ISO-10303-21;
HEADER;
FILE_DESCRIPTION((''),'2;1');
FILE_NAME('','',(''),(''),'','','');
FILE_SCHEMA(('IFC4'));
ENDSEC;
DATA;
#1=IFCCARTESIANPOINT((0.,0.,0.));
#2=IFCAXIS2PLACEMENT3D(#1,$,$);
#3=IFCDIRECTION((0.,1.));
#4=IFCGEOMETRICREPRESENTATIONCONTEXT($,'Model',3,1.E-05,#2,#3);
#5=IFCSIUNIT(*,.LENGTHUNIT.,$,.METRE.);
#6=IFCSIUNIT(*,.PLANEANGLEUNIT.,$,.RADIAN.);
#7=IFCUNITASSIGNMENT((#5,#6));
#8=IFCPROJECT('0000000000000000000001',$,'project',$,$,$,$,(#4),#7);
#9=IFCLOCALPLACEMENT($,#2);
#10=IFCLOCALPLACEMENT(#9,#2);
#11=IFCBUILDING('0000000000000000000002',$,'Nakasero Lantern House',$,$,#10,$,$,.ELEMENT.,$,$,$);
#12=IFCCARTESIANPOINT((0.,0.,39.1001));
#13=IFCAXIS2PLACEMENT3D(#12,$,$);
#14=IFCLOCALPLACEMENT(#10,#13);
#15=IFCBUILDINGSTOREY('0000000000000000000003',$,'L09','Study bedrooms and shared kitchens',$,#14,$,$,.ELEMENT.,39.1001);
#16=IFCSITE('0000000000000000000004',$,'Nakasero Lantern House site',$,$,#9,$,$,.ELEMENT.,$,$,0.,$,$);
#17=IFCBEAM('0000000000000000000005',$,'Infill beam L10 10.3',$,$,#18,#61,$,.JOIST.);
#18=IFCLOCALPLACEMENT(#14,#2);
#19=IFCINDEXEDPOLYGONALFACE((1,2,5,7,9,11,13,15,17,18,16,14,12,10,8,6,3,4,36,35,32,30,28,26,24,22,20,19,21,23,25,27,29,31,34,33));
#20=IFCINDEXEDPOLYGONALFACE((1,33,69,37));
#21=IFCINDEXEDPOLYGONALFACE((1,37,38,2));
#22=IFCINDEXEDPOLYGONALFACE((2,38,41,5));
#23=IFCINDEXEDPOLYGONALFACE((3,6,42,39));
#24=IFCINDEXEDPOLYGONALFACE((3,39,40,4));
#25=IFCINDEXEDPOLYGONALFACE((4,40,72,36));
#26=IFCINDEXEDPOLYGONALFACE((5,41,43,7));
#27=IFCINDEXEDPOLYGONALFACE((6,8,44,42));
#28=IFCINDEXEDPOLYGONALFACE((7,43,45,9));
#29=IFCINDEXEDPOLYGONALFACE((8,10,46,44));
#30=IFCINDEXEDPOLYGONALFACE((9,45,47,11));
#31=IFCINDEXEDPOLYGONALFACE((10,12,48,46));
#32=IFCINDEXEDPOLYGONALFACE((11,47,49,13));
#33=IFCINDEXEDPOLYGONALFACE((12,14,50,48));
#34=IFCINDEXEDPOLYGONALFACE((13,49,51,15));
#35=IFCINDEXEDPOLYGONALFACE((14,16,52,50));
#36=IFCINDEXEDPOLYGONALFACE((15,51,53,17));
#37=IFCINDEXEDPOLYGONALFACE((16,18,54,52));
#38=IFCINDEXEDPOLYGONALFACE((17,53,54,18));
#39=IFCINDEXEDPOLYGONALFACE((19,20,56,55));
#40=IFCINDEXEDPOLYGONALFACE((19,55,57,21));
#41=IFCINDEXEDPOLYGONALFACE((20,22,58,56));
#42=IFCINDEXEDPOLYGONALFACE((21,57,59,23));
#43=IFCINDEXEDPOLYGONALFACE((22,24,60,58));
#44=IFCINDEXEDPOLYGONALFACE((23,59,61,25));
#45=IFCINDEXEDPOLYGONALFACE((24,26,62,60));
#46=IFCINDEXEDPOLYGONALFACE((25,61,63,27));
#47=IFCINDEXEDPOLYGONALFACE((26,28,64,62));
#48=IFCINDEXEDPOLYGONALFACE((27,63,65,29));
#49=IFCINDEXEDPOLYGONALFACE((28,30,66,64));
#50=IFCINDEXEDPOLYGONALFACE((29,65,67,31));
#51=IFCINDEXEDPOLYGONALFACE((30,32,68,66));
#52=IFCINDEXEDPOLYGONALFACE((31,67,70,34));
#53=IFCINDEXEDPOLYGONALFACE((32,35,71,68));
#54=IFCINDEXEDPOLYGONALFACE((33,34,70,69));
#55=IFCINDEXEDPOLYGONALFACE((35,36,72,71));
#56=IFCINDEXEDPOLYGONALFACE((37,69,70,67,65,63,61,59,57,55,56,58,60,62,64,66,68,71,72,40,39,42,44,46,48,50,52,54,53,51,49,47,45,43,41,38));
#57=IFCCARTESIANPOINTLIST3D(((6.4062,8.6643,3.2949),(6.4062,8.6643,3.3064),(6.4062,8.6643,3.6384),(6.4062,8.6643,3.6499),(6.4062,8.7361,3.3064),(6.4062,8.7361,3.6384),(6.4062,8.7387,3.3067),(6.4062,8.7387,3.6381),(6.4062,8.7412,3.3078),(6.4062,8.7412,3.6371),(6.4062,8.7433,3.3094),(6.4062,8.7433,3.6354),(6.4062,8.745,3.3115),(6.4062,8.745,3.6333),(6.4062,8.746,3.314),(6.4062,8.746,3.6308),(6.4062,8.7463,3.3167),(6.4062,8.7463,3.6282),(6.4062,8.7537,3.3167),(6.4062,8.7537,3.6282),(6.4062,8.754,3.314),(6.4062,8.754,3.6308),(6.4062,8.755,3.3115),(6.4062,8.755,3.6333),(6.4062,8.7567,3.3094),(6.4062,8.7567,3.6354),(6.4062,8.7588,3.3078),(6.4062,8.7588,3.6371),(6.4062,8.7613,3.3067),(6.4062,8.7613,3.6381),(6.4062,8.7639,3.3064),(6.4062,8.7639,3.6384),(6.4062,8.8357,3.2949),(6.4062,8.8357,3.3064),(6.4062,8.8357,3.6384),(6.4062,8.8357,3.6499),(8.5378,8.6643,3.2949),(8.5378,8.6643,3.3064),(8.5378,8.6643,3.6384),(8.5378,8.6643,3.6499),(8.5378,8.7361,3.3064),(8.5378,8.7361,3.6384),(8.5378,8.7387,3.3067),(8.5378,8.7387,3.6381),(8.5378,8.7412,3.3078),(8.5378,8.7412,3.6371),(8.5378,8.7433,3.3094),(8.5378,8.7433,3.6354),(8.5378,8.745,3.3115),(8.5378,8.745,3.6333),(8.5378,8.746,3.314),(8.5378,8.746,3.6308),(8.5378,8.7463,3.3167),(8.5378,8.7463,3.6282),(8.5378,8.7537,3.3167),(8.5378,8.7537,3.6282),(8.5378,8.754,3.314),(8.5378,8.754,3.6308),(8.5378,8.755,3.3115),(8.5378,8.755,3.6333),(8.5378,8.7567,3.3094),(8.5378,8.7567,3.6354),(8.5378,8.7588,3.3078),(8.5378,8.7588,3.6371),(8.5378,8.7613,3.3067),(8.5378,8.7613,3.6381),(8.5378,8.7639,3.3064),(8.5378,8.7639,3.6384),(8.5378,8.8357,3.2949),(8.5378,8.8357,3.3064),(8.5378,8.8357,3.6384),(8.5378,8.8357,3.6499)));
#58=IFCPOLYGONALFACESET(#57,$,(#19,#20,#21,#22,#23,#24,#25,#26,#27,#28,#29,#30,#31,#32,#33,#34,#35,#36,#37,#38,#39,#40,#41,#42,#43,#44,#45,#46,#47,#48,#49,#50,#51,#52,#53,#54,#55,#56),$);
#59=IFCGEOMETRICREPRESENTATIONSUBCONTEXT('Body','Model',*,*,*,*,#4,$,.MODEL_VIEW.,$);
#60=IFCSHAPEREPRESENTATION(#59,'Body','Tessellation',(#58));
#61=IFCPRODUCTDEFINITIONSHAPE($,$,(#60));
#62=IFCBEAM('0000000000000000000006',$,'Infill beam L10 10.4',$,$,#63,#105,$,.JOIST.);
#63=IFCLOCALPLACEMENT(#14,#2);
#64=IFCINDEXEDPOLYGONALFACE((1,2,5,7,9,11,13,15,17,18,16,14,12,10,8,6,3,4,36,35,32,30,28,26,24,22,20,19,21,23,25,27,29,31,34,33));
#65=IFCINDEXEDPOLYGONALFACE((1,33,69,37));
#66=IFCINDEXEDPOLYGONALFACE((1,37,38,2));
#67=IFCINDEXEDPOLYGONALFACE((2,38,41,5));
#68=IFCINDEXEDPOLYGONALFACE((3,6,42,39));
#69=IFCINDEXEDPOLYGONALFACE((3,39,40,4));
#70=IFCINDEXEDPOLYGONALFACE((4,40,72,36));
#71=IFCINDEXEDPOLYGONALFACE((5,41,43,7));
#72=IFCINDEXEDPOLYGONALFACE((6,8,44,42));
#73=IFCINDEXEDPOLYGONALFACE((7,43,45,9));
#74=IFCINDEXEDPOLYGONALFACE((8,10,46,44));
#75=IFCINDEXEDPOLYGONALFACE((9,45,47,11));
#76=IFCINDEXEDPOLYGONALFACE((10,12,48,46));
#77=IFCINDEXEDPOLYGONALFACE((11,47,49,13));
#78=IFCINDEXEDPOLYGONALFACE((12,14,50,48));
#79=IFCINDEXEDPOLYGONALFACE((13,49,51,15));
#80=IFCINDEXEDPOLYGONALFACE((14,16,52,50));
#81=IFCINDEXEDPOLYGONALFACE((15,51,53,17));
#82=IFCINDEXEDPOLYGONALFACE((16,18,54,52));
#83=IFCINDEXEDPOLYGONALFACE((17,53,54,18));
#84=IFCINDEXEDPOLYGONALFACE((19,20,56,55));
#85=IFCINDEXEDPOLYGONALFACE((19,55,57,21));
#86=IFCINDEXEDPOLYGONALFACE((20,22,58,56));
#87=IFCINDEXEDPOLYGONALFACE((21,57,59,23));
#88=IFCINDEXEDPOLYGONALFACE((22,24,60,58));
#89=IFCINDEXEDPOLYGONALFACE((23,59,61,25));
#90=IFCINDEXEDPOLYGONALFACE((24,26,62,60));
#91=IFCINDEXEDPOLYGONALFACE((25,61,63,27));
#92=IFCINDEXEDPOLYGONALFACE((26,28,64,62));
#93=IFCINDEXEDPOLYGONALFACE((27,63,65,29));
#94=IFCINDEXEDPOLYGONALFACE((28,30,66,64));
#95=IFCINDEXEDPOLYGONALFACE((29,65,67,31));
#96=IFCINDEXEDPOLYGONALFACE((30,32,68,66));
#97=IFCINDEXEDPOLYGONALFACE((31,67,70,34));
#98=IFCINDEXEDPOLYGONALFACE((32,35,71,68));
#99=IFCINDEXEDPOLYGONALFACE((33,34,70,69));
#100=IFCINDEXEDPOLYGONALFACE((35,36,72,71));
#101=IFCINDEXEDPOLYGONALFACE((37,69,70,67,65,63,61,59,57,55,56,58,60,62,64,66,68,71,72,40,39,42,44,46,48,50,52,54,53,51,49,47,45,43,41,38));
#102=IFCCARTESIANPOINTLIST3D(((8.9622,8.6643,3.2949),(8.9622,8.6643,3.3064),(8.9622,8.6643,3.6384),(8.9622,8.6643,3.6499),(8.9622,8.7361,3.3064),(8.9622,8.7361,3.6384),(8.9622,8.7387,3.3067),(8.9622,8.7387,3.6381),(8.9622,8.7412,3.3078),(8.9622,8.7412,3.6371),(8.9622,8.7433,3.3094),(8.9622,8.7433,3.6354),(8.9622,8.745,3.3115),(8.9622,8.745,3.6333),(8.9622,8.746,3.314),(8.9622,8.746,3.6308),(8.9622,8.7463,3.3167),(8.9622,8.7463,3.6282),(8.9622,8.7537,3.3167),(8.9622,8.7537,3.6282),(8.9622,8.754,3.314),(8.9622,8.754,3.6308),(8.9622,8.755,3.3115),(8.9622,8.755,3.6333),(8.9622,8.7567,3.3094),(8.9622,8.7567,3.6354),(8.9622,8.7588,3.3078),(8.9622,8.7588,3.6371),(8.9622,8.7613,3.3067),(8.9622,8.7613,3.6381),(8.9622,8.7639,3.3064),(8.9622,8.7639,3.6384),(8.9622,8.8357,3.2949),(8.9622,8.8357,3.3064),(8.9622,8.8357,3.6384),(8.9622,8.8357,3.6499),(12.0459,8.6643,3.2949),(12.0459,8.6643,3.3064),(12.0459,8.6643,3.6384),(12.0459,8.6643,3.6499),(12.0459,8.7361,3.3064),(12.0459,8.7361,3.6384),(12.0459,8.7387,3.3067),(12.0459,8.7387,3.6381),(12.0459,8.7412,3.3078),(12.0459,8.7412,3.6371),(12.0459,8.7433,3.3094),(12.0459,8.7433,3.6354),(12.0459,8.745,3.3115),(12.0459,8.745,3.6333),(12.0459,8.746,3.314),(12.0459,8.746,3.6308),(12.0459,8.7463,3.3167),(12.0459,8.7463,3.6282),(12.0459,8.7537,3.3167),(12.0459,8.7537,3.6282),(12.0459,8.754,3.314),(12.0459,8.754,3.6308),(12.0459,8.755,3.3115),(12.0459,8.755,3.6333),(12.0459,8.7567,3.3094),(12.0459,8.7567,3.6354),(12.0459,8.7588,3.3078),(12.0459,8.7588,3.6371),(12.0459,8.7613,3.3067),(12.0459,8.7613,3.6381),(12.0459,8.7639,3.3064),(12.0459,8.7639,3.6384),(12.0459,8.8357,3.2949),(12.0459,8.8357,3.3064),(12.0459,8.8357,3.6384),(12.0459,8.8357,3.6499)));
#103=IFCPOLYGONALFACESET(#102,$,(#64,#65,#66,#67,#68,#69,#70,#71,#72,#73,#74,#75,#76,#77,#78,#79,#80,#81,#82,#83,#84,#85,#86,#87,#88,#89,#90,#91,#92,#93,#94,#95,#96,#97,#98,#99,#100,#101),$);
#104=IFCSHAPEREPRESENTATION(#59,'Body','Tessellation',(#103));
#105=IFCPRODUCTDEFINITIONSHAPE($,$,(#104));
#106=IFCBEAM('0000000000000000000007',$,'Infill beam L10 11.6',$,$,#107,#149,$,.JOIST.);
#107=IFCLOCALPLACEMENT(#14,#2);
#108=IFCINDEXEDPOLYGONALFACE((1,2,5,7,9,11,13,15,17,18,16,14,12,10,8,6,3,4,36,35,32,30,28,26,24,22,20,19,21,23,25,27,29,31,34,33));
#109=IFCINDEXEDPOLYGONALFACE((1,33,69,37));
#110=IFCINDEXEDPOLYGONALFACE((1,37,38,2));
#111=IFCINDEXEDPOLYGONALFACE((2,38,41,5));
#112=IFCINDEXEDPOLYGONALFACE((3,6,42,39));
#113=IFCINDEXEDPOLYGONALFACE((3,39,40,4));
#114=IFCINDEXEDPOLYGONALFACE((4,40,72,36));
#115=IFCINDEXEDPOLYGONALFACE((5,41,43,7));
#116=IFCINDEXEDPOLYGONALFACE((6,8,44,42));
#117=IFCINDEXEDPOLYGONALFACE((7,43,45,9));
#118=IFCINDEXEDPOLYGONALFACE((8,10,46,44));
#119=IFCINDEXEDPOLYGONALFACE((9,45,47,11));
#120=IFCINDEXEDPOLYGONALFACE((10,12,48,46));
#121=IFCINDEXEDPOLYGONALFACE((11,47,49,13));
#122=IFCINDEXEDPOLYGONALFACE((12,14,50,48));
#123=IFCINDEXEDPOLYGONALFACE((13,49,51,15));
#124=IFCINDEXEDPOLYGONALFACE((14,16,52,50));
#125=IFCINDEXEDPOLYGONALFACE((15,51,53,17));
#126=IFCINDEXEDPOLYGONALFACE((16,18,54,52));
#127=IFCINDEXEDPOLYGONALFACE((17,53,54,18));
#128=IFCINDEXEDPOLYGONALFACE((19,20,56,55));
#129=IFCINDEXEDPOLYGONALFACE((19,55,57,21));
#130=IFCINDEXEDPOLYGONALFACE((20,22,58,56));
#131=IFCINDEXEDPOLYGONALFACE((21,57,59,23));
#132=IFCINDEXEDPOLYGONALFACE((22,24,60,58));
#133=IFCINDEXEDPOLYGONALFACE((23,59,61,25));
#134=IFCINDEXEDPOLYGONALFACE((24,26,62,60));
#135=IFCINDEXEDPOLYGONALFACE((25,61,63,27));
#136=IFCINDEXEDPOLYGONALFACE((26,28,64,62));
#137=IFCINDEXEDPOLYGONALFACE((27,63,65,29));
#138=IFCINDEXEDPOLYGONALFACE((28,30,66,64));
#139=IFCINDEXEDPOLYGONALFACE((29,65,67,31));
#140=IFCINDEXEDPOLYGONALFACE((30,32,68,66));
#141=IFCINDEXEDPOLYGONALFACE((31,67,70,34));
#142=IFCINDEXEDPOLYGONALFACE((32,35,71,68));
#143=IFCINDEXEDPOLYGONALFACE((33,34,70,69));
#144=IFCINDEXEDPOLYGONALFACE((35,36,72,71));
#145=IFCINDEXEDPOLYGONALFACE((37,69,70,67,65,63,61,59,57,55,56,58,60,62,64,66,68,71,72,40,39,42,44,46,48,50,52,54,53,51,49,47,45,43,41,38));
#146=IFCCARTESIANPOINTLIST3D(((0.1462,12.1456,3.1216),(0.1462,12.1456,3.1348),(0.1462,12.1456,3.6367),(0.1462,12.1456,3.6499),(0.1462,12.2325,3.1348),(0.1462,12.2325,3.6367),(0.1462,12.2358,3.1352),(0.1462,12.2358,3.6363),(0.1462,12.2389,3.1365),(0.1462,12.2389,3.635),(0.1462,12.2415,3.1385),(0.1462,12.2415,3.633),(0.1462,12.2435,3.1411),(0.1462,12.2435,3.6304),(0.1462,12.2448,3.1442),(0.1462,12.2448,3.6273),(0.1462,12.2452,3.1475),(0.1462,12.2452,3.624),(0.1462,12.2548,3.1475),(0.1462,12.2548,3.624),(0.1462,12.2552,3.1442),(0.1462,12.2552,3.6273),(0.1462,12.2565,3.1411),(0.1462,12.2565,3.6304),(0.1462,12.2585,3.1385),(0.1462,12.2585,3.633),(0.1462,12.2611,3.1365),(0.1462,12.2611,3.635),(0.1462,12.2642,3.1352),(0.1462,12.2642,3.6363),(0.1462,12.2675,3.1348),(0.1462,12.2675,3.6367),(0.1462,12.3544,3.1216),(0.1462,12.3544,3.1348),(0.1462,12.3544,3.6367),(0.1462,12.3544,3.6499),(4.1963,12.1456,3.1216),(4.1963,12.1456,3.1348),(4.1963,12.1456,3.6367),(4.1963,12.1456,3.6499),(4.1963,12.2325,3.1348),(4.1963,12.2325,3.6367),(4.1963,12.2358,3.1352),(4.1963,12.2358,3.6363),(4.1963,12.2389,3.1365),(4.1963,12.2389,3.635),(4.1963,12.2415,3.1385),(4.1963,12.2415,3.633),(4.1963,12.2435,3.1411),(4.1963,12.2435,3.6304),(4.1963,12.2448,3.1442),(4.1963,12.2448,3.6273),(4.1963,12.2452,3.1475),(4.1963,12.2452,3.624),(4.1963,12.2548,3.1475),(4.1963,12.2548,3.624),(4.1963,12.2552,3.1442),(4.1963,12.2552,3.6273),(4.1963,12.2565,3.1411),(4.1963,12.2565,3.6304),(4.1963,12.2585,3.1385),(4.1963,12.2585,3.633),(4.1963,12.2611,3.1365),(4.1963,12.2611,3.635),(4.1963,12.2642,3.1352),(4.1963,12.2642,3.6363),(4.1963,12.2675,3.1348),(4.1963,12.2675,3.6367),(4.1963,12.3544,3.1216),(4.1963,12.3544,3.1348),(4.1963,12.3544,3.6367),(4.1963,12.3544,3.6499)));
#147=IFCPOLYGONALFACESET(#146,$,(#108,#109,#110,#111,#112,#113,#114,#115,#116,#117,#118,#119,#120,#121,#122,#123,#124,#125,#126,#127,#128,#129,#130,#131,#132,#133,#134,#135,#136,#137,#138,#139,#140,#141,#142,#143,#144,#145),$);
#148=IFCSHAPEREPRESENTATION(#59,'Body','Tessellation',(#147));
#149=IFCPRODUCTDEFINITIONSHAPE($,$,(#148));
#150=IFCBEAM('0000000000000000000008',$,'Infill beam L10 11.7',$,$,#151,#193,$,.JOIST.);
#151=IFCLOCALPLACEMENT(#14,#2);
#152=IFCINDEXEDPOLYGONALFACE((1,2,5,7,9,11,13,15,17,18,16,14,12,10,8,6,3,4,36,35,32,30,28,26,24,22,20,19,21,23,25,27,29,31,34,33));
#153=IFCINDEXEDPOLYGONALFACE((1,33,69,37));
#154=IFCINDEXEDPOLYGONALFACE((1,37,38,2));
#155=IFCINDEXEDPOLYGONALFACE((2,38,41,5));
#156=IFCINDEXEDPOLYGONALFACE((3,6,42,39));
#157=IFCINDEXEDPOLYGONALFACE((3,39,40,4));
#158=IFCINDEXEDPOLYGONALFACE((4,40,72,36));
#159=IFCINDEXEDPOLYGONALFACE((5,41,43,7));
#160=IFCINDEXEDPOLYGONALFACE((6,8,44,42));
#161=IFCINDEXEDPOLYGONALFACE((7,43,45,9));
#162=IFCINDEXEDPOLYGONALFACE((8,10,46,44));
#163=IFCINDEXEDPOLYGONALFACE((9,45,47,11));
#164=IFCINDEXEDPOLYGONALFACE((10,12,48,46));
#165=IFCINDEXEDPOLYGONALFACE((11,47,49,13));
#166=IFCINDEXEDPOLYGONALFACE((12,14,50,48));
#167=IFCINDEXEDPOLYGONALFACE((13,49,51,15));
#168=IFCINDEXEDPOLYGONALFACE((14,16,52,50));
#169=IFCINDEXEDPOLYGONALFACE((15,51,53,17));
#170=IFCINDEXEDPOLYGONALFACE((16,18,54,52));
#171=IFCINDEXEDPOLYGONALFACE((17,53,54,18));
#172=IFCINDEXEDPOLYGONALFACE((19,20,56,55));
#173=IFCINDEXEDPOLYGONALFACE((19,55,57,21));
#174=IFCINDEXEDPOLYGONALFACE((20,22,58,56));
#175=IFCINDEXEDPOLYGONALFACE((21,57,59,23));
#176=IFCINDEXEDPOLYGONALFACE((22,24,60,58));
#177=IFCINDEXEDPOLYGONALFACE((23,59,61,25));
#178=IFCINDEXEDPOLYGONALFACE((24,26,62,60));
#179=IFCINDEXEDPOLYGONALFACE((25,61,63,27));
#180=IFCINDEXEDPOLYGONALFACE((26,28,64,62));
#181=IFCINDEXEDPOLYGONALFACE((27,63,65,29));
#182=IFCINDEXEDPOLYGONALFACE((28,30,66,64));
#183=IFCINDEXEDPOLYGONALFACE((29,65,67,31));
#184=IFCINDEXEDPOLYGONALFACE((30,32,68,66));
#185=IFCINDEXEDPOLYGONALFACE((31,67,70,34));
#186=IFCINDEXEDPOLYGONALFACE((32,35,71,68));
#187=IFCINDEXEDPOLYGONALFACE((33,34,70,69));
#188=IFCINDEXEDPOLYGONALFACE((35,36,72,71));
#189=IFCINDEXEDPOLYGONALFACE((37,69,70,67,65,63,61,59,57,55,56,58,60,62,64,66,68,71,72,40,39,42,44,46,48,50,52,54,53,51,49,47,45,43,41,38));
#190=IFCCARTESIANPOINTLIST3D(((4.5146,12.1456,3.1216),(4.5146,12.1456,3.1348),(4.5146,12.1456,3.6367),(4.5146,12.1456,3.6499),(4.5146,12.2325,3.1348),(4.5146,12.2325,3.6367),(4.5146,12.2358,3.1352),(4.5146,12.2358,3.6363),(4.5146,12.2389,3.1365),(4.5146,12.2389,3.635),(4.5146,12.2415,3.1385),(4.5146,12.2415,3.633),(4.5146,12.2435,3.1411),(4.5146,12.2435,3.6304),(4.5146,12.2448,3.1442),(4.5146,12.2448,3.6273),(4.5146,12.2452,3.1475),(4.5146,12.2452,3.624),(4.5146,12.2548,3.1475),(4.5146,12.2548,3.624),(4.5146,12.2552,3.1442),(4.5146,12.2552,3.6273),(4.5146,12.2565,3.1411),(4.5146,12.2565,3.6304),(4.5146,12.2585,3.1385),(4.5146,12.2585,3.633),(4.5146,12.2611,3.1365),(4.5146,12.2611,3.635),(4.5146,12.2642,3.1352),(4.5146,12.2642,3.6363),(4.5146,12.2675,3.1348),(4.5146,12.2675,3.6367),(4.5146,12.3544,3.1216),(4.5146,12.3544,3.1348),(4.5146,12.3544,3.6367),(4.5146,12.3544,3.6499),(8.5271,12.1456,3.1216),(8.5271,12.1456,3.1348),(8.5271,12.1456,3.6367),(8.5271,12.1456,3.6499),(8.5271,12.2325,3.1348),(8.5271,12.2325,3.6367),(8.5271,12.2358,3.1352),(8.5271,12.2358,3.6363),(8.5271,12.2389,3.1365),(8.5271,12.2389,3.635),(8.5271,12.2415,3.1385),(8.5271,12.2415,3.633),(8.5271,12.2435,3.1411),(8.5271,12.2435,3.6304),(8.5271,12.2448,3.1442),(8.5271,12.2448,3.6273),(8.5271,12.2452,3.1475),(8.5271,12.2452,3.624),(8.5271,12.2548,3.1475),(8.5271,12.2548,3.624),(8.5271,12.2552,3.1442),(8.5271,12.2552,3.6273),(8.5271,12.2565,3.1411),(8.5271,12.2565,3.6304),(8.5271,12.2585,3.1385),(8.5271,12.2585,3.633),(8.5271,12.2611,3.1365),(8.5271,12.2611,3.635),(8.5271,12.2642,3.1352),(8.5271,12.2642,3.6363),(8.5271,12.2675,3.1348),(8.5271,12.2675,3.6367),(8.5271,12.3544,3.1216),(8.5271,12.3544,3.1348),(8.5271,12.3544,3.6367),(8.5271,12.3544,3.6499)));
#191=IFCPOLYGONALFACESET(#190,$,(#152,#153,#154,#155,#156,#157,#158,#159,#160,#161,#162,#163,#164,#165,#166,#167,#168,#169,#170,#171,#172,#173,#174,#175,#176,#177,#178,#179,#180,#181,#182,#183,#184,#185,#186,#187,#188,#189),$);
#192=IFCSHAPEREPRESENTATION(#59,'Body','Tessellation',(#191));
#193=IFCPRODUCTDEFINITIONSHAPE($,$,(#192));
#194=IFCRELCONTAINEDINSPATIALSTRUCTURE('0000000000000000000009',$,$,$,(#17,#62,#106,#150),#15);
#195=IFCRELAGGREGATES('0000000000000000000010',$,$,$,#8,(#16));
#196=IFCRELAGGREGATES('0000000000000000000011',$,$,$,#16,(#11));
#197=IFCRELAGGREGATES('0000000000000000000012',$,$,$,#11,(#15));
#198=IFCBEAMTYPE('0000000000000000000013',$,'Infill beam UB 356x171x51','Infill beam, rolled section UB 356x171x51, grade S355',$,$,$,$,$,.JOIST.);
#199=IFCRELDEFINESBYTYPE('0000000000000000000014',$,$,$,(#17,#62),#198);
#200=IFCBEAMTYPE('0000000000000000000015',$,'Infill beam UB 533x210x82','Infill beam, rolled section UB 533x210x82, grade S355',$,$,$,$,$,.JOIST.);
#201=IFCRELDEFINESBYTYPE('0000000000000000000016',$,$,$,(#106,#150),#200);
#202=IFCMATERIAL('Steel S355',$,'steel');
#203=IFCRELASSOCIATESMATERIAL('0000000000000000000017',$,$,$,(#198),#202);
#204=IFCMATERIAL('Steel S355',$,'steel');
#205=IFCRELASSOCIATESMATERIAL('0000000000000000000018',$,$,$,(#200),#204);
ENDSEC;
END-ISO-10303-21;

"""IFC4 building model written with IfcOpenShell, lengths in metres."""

from ifc_helpers import new_model, si_unit, direction, frame, origin, origin_2d, place, context, subcontext, project, spatial, i_section, extrude, material, material_profile, profile_set, type_object, element, save


model = new_model("IFC4")

# Units and contexts
model_context = context("Model", 3, precision=1e-05, world=origin(), true_north=direction((0.0, 1.0)))
body_context = subcontext(model_context, "Body", "Model", "MODEL_VIEW")
ifc_project = project(units=[si_unit("LENGTHUNIT", "METRE"), si_unit("PLANEANGLEUNIT", "RADIAN")], contexts=[model_context])

# Site, building, storey
site_placement = place(None, origin())
site = spatial("IfcSite", under=ifc_project, at=site_placement, Name="Nakasero Lantern House site", CompositionType="ELEMENT", RefElevation=0.0)
building_placement = place(site_placement, origin())
building = spatial("IfcBuilding", under=site, at=building_placement, Name="Nakasero Lantern House", CompositionType="ELEMENT")
storey_placement = place(building_placement, frame((0.0, 0.0, 39.1001)))
storey = spatial("IfcBuildingStorey", under=building, at=storey_placement, Name="L09", Description="Study bedrooms and shared kitchens", CompositionType="ELEMENT", Elevation=39.1001)

# Beams
ifc_material_1 = material(Name="Steel S355", Category="steel")
ifc_material_profile_1 = material_profile(ifc_material_1, i_section(OverallWidth=0.1714, OverallDepth=0.355, WebThickness=0.0073, FlangeThickness=0.0115, FilletRadius=0.0103, at=origin_2d()), Name="UB 356x171x51")
ifc_profile_set_1 = profile_set([ifc_material_profile_1], Name="Steel S355")
beam_type_1 = type_object("IfcBeamType", Name="Infill beam UB 356x171x51", Description="Infill beam, rolled section UB 356x171x51, grade S355", PredefinedType="JOIST", material=ifc_profile_set_1)
beam_1_placement = place(storey_placement, frame((6.4062, 8.75, 3.4724), z_axis=(1.0, 0.0, 0.0), x_axis=(0.0, 1.0, 0.0)))
element("IfcBeam", 1, at=beam_1_placement, inside=storey, type_object=beam_type_1, Name="Infill beam L10 10.3", PredefinedType="JOIST", context=body_context, shape_type="SweptSolid", body=[
    extrude(i_section(OverallWidth=0.1714, OverallDepth=0.355, WebThickness=0.0073, FlangeThickness=0.0115, FilletRadius=0.0103, at=origin_2d()), origin(), (0.0, 0.0, 1.0), 2.1316),
])
beam_2_placement = place(storey_placement, frame((8.9622, 8.75, 3.4724), z_axis=(1.0, 0.0, 0.0), x_axis=(0.0, 1.0, 0.0)))
element("IfcBeam", 2, at=beam_2_placement, inside=storey, type_object=beam_type_1, Name="Infill beam L10 10.4", PredefinedType="JOIST", context=body_context, shape_type="SweptSolid", body=[
    extrude(i_section(OverallWidth=0.1714, OverallDepth=0.355, WebThickness=0.0073, FlangeThickness=0.0115, FilletRadius=0.0103, at=origin_2d()), origin(), (0.0, 0.0, 1.0), 3.0837),
])
ifc_material_2 = material(Name="Steel S355", Category="steel")
ifc_material_profile_2 = material_profile(ifc_material_2, i_section(OverallWidth=0.2087, OverallDepth=0.5283, WebThickness=0.0095, FlangeThickness=0.0132, FilletRadius=0.0127, at=origin_2d()), Name="UB 533x210x82")
ifc_profile_set_2 = profile_set([ifc_material_profile_2], Name="Steel S355")
beam_type_2 = type_object("IfcBeamType", Name="Infill beam UB 533x210x82", Description="Infill beam, rolled section UB 533x210x82, grade S355", PredefinedType="JOIST", material=ifc_profile_set_2)
beam_3_placement = place(storey_placement, frame((0.1462, 12.25, 3.3857), z_axis=(1.0, 0.0, 0.0), x_axis=(0.0, 1.0, 0.0)))
element("IfcBeam", 3, at=beam_3_placement, inside=storey, type_object=beam_type_2, Name="Infill beam L10 11.6", PredefinedType="JOIST", context=body_context, shape_type="SweptSolid", body=[
    extrude(i_section(OverallWidth=0.2087, OverallDepth=0.5283, WebThickness=0.0095, FlangeThickness=0.0132, FilletRadius=0.0127, at=origin_2d()), origin(), (0.0, 0.0, 1.0), 4.05),
])
beam_4_placement = place(storey_placement, frame((4.5146, 12.25, 3.3857), z_axis=(1.0, 0.0, 0.0), x_axis=(0.0, 1.0, 0.0)))
element("IfcBeam", 4, at=beam_4_placement, inside=storey, type_object=beam_type_2, Name="Infill beam L10 11.7", PredefinedType="JOIST", context=body_context, shape_type="SweptSolid", body=[
    extrude(i_section(OverallWidth=0.2087, OverallDepth=0.5283, WebThickness=0.0095, FlangeThickness=0.0132, FilletRadius=0.0127, at=origin_2d()), origin(), (0.0, 0.0, 1.0), 4.0125),
])

save(model, "model.ifc")
